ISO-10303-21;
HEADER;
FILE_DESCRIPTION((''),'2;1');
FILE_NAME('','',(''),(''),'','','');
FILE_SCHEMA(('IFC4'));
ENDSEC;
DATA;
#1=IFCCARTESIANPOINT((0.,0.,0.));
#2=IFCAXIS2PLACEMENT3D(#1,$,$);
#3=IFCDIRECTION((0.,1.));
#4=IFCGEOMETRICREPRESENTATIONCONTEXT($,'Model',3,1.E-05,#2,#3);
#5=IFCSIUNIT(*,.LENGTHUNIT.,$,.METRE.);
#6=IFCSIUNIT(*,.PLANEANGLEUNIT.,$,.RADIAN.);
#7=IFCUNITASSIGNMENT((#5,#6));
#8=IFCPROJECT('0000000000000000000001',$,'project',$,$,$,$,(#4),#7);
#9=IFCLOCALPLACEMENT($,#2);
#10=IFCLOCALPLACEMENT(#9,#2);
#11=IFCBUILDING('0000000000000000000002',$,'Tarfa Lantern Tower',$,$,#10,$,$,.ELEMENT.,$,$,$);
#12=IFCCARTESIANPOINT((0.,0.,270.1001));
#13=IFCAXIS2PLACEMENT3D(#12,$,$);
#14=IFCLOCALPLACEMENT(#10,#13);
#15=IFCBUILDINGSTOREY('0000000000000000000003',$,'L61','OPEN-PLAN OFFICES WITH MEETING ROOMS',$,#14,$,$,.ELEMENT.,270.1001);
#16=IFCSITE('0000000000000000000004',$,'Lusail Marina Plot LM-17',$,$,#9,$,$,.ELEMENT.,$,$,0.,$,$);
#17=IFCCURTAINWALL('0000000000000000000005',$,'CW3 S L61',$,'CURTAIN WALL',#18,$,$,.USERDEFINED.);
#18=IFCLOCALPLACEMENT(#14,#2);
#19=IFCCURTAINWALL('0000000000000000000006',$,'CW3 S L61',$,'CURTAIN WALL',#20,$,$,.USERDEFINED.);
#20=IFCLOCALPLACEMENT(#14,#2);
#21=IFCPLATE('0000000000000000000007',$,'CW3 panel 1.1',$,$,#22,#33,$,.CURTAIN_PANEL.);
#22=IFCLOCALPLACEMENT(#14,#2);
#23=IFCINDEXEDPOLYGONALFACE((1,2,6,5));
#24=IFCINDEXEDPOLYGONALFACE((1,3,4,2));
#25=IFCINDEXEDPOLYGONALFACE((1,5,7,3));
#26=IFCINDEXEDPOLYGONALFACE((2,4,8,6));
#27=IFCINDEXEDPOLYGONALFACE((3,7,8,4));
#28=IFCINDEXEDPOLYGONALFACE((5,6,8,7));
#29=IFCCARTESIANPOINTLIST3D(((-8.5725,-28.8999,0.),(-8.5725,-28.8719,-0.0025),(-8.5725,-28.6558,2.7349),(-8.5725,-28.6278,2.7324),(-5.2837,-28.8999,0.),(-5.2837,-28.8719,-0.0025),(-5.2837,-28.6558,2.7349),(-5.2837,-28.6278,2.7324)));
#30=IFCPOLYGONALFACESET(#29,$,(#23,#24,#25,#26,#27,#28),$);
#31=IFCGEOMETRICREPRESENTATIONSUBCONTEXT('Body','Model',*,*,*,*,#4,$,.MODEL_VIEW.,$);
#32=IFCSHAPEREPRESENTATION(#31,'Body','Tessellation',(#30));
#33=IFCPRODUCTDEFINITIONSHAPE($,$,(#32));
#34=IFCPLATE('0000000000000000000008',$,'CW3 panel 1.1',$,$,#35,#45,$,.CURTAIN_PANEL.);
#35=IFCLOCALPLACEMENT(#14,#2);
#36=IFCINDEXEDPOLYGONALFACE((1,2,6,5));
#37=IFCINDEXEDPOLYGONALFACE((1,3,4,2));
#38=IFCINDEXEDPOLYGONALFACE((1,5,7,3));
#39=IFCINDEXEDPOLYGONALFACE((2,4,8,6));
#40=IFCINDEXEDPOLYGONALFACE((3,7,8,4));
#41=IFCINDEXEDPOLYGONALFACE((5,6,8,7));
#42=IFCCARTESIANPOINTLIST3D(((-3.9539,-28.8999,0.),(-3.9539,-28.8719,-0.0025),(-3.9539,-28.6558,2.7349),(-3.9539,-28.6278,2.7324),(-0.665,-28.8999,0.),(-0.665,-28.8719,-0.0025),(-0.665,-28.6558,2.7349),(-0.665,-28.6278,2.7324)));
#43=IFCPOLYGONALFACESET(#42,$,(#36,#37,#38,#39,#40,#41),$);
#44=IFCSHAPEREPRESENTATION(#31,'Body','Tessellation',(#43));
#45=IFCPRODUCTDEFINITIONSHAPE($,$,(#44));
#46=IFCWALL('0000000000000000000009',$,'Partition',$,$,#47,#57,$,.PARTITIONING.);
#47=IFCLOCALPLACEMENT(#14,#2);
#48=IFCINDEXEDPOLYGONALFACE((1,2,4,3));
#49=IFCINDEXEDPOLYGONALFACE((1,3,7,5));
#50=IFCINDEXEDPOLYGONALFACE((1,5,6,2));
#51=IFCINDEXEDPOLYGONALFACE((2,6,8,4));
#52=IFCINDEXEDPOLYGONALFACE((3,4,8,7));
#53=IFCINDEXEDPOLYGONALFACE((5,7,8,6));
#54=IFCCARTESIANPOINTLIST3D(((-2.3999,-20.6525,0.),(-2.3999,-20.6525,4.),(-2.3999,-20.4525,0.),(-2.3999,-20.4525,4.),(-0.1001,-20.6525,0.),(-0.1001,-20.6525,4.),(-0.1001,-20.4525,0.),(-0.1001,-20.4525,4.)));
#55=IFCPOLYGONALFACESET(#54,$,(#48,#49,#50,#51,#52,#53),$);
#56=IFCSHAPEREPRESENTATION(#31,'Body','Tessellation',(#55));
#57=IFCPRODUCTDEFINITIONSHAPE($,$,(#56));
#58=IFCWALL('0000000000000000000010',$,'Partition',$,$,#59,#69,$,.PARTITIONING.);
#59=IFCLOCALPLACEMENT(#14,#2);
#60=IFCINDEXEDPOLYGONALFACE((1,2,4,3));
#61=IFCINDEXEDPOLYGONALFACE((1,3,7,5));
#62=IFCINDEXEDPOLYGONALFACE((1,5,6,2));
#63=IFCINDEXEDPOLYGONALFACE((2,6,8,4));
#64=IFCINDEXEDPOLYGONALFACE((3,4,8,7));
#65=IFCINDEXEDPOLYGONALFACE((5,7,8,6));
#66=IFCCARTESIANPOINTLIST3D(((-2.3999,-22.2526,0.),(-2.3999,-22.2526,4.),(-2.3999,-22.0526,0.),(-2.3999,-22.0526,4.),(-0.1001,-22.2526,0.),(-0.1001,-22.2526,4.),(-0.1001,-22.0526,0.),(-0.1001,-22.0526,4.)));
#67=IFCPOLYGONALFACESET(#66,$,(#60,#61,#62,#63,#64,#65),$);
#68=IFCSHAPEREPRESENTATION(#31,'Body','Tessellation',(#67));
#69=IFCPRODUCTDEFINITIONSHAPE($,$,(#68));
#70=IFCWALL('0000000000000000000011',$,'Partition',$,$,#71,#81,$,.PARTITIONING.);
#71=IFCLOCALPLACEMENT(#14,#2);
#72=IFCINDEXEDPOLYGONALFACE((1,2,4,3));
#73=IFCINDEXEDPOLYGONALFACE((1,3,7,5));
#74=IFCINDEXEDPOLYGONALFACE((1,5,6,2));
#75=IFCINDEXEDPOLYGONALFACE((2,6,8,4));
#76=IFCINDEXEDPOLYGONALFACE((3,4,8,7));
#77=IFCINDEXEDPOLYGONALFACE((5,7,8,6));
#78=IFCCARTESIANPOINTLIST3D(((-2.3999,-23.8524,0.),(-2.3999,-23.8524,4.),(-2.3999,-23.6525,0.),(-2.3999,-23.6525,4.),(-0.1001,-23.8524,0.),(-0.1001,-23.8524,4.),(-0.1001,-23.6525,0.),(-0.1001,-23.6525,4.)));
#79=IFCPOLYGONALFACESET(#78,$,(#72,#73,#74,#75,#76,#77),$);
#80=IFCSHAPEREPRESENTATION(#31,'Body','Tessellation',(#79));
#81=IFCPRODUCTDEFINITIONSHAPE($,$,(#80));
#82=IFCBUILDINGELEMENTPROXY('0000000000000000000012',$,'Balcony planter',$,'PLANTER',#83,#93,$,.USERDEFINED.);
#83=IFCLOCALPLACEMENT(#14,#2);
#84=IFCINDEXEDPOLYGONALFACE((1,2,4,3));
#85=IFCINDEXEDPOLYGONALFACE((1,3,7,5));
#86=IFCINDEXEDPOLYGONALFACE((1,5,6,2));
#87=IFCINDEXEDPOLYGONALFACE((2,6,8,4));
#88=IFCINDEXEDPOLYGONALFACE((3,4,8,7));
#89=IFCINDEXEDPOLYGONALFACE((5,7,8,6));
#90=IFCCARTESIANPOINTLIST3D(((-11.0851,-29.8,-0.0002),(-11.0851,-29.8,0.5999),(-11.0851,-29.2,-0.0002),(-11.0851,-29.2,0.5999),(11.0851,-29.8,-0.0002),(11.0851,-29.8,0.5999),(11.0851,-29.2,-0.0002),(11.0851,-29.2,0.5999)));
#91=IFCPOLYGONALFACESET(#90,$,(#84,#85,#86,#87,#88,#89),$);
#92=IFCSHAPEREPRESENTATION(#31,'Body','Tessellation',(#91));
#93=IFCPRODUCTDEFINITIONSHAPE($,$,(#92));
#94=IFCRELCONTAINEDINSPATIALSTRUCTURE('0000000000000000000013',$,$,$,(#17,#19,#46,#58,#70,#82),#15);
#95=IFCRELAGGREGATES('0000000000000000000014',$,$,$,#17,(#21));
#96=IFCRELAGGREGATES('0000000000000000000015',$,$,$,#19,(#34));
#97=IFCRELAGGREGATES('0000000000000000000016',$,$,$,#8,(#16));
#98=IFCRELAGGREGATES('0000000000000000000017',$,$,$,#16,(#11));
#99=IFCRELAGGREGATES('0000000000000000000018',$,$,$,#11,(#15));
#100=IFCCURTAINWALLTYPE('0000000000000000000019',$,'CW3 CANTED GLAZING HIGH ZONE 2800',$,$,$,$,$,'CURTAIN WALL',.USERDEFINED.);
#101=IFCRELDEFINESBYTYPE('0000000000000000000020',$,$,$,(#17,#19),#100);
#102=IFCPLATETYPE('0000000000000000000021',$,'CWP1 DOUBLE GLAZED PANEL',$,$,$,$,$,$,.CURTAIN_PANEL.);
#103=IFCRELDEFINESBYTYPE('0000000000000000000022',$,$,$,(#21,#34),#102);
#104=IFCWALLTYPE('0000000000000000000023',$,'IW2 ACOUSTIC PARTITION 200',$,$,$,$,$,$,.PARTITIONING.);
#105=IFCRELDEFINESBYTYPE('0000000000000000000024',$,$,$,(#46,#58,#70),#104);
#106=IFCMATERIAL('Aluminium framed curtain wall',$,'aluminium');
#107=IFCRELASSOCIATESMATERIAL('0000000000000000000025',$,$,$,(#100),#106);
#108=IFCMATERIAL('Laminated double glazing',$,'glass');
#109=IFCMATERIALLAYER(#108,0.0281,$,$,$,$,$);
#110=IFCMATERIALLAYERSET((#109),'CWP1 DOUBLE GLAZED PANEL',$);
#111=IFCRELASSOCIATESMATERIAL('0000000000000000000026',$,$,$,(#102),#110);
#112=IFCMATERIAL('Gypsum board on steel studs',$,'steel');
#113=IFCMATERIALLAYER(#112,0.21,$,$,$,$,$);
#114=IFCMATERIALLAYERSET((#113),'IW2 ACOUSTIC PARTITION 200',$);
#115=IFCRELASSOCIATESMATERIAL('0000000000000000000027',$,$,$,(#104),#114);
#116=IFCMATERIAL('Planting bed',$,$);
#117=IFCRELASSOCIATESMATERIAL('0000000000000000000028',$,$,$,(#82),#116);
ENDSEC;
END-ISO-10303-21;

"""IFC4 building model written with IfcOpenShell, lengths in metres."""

from ifc_helpers import new_model, si_unit, direction, frame, frame_2d, origin, origin_2d, place, context, subcontext, project, spatial, polyline, rectangle, outline, extrude, material, layer, layer_set, type_object, element, aggregate, save


model = new_model("IFC4")

# Units and contexts
model_context = context("Model", 3, precision=1e-05, world=origin(), true_north=direction((0.0, 1.0)))
body_context = subcontext(model_context, "Body", "Model", "MODEL_VIEW")
ifc_project = project(units=[si_unit("LENGTHUNIT", "METRE"), si_unit("PLANEANGLEUNIT", "RADIAN")], contexts=[model_context])

# Site, building, storey
site_placement = place(None, origin())
site = spatial("IfcSite", under=ifc_project, at=site_placement, Name="Lusail Marina Plot LM-17", CompositionType="ELEMENT", RefElevation=0.0)
building_placement = place(site_placement, origin())
building = spatial("IfcBuilding", under=site, at=building_placement, Name="Tarfa Lantern Tower", CompositionType="ELEMENT")
storey_placement = place(building_placement, frame((0.0, 0.0, 270.1001)))
storey = spatial("IfcBuildingStorey", under=building, at=storey_placement, Name="L61", Description="OPEN-PLAN OFFICES WITH MEETING ROOMS", CompositionType="ELEMENT", Elevation=270.1001)

# Shared definitions
ifc_material_1 = material(Name="Aluminium framed curtain wall", Category="aluminium")
curtain_wall_type = type_object("IfcCurtainWallType", Name="CW3 CANTED GLAZING HIGH ZONE 2800", ElementType="CURTAIN WALL", PredefinedType="USERDEFINED", material=ifc_material_1)

# Curtain walls
curtain_wall_1_placement = place(storey_placement, origin())
curtain_wall_1 = element("IfcCurtainWall", 1, at=curtain_wall_1_placement, inside=storey, type_object=curtain_wall_type, Name="CW3 S L61", ObjectType="CURTAIN WALL", PredefinedType="USERDEFINED")
curtain_wall_2_placement = place(storey_placement, origin())
curtain_wall_2 = element("IfcCurtainWall", 2, at=curtain_wall_2_placement, inside=storey, type_object=curtain_wall_type, Name="CW3 S L61", ObjectType="CURTAIN WALL", PredefinedType="USERDEFINED")

# Plates
ifc_material_2 = material(Name="Laminated double glazing", Category="glass")
ifc_layer_1 = layer(ifc_material_2, 0.0281)
ifc_layer_set_1 = layer_set([ifc_layer_1], Name="CWP1 DOUBLE GLAZED PANEL")
plate_type = type_object("IfcPlateType", Name="CWP1 DOUBLE GLAZED PANEL", PredefinedType="CURTAIN_PANEL", material=ifc_layer_set_1)
plate_1_placement = place(storey_placement, frame((-8.5725, -28.8999, 0.0), z_axis=(0.0, -0.996039, 0.088916), x_axis=(1.0, 0.0, 0.0)))
plate_1 = element("IfcPlate", 3, at=plate_1_placement, type_object=plate_type, Name="CW3 panel 1.1", PredefinedType="CURTAIN_PANEL", context=body_context, shape_type="SweptSolid", body=[
    extrude(outline(polyline([(0.0, 0.0), (3.2888, 0.0), (3.2888, 2.7457), (0.0, 2.7457), (0.0, 0.0)])), origin(), (0.0, 0.0, -1.0), 0.0281),
])
aggregate(curtain_wall_1, [plate_1])
plate_2_placement = place(storey_placement, frame((-3.9539, -28.8999, 0.0), z_axis=(0.0, -0.996039, 0.088916), x_axis=(1.0, 0.0, 0.0)))
plate_2 = element("IfcPlate", 4, at=plate_2_placement, type_object=plate_type, Name="CW3 panel 1.1", PredefinedType="CURTAIN_PANEL", context=body_context, shape_type="SweptSolid", body=[
    extrude(outline(polyline([(0.0, 0.0), (3.2888, 0.0), (3.2888, 2.7457), (0.0, 2.7457), (0.0, 0.0)])), origin(), (0.0, 0.0, -1.0), 0.0281),
])
aggregate(curtain_wall_2, [plate_2])

# Walls
ifc_material_3 = material(Name="Gypsum board on steel studs", Category="steel")
ifc_layer_2 = layer(ifc_material_3, 0.21)
ifc_layer_set_2 = layer_set([ifc_layer_2], Name="IW2 ACOUSTIC PARTITION 200")
wall_type = type_object("IfcWallType", Name="IW2 ACOUSTIC PARTITION 200", PredefinedType="PARTITIONING", material=ifc_layer_set_2)
for number, where, z_axis, x_axis, name in (
    (5, (-0.1001, -20.5525, 0.0), (0.0, 0.0, 1.0), (-1.0, 0.0, 0.0), "Partition"),
    (6, (-0.1001, -22.1526, 0.0), (0.0, 0.0, 1.0), (-1.0, 0.0, 0.0), "Partition"),
    (7, (-0.1001, -23.7524, 0.0), (0.0, 0.0, 1.0), (-1.0, 0.0, 0.0), "Partition"),
):
    element("IfcWall", number, at=place(storey_placement, frame(where, z_axis=z_axis, x_axis=x_axis)), inside=storey, type_object=wall_type, Name=name, PredefinedType="PARTITIONING", context=body_context, shape_type="SweptSolid", body=[
        extrude(rectangle(XDim=2.2998, YDim=0.2, at=frame_2d((1.1499, 0.0))), origin(), (0.0, 0.0, 1.0), 4.0),
    ])

# Building element proxy
ifc_material_4 = material(Name="Planting bed")
proxy_placement = place(storey_placement, frame((0.0, -29.5, -0.0002), z_axis=(0.0, 0.0, 1.0), x_axis=(1.0, 0.0, 0.0)))
element("IfcBuildingElementProxy", 8, at=proxy_placement, inside=storey, material=ifc_material_4, Name="Balcony planter", ObjectType="PLANTER", PredefinedType="USERDEFINED", context=body_context, shape_type="SweptSolid", body=[
    extrude(rectangle(XDim=22.1702, YDim=0.6001, at=origin_2d()), origin(), (0.0, 0.0, 1.0), 0.6001),
])

save(model, "model.ifc")
